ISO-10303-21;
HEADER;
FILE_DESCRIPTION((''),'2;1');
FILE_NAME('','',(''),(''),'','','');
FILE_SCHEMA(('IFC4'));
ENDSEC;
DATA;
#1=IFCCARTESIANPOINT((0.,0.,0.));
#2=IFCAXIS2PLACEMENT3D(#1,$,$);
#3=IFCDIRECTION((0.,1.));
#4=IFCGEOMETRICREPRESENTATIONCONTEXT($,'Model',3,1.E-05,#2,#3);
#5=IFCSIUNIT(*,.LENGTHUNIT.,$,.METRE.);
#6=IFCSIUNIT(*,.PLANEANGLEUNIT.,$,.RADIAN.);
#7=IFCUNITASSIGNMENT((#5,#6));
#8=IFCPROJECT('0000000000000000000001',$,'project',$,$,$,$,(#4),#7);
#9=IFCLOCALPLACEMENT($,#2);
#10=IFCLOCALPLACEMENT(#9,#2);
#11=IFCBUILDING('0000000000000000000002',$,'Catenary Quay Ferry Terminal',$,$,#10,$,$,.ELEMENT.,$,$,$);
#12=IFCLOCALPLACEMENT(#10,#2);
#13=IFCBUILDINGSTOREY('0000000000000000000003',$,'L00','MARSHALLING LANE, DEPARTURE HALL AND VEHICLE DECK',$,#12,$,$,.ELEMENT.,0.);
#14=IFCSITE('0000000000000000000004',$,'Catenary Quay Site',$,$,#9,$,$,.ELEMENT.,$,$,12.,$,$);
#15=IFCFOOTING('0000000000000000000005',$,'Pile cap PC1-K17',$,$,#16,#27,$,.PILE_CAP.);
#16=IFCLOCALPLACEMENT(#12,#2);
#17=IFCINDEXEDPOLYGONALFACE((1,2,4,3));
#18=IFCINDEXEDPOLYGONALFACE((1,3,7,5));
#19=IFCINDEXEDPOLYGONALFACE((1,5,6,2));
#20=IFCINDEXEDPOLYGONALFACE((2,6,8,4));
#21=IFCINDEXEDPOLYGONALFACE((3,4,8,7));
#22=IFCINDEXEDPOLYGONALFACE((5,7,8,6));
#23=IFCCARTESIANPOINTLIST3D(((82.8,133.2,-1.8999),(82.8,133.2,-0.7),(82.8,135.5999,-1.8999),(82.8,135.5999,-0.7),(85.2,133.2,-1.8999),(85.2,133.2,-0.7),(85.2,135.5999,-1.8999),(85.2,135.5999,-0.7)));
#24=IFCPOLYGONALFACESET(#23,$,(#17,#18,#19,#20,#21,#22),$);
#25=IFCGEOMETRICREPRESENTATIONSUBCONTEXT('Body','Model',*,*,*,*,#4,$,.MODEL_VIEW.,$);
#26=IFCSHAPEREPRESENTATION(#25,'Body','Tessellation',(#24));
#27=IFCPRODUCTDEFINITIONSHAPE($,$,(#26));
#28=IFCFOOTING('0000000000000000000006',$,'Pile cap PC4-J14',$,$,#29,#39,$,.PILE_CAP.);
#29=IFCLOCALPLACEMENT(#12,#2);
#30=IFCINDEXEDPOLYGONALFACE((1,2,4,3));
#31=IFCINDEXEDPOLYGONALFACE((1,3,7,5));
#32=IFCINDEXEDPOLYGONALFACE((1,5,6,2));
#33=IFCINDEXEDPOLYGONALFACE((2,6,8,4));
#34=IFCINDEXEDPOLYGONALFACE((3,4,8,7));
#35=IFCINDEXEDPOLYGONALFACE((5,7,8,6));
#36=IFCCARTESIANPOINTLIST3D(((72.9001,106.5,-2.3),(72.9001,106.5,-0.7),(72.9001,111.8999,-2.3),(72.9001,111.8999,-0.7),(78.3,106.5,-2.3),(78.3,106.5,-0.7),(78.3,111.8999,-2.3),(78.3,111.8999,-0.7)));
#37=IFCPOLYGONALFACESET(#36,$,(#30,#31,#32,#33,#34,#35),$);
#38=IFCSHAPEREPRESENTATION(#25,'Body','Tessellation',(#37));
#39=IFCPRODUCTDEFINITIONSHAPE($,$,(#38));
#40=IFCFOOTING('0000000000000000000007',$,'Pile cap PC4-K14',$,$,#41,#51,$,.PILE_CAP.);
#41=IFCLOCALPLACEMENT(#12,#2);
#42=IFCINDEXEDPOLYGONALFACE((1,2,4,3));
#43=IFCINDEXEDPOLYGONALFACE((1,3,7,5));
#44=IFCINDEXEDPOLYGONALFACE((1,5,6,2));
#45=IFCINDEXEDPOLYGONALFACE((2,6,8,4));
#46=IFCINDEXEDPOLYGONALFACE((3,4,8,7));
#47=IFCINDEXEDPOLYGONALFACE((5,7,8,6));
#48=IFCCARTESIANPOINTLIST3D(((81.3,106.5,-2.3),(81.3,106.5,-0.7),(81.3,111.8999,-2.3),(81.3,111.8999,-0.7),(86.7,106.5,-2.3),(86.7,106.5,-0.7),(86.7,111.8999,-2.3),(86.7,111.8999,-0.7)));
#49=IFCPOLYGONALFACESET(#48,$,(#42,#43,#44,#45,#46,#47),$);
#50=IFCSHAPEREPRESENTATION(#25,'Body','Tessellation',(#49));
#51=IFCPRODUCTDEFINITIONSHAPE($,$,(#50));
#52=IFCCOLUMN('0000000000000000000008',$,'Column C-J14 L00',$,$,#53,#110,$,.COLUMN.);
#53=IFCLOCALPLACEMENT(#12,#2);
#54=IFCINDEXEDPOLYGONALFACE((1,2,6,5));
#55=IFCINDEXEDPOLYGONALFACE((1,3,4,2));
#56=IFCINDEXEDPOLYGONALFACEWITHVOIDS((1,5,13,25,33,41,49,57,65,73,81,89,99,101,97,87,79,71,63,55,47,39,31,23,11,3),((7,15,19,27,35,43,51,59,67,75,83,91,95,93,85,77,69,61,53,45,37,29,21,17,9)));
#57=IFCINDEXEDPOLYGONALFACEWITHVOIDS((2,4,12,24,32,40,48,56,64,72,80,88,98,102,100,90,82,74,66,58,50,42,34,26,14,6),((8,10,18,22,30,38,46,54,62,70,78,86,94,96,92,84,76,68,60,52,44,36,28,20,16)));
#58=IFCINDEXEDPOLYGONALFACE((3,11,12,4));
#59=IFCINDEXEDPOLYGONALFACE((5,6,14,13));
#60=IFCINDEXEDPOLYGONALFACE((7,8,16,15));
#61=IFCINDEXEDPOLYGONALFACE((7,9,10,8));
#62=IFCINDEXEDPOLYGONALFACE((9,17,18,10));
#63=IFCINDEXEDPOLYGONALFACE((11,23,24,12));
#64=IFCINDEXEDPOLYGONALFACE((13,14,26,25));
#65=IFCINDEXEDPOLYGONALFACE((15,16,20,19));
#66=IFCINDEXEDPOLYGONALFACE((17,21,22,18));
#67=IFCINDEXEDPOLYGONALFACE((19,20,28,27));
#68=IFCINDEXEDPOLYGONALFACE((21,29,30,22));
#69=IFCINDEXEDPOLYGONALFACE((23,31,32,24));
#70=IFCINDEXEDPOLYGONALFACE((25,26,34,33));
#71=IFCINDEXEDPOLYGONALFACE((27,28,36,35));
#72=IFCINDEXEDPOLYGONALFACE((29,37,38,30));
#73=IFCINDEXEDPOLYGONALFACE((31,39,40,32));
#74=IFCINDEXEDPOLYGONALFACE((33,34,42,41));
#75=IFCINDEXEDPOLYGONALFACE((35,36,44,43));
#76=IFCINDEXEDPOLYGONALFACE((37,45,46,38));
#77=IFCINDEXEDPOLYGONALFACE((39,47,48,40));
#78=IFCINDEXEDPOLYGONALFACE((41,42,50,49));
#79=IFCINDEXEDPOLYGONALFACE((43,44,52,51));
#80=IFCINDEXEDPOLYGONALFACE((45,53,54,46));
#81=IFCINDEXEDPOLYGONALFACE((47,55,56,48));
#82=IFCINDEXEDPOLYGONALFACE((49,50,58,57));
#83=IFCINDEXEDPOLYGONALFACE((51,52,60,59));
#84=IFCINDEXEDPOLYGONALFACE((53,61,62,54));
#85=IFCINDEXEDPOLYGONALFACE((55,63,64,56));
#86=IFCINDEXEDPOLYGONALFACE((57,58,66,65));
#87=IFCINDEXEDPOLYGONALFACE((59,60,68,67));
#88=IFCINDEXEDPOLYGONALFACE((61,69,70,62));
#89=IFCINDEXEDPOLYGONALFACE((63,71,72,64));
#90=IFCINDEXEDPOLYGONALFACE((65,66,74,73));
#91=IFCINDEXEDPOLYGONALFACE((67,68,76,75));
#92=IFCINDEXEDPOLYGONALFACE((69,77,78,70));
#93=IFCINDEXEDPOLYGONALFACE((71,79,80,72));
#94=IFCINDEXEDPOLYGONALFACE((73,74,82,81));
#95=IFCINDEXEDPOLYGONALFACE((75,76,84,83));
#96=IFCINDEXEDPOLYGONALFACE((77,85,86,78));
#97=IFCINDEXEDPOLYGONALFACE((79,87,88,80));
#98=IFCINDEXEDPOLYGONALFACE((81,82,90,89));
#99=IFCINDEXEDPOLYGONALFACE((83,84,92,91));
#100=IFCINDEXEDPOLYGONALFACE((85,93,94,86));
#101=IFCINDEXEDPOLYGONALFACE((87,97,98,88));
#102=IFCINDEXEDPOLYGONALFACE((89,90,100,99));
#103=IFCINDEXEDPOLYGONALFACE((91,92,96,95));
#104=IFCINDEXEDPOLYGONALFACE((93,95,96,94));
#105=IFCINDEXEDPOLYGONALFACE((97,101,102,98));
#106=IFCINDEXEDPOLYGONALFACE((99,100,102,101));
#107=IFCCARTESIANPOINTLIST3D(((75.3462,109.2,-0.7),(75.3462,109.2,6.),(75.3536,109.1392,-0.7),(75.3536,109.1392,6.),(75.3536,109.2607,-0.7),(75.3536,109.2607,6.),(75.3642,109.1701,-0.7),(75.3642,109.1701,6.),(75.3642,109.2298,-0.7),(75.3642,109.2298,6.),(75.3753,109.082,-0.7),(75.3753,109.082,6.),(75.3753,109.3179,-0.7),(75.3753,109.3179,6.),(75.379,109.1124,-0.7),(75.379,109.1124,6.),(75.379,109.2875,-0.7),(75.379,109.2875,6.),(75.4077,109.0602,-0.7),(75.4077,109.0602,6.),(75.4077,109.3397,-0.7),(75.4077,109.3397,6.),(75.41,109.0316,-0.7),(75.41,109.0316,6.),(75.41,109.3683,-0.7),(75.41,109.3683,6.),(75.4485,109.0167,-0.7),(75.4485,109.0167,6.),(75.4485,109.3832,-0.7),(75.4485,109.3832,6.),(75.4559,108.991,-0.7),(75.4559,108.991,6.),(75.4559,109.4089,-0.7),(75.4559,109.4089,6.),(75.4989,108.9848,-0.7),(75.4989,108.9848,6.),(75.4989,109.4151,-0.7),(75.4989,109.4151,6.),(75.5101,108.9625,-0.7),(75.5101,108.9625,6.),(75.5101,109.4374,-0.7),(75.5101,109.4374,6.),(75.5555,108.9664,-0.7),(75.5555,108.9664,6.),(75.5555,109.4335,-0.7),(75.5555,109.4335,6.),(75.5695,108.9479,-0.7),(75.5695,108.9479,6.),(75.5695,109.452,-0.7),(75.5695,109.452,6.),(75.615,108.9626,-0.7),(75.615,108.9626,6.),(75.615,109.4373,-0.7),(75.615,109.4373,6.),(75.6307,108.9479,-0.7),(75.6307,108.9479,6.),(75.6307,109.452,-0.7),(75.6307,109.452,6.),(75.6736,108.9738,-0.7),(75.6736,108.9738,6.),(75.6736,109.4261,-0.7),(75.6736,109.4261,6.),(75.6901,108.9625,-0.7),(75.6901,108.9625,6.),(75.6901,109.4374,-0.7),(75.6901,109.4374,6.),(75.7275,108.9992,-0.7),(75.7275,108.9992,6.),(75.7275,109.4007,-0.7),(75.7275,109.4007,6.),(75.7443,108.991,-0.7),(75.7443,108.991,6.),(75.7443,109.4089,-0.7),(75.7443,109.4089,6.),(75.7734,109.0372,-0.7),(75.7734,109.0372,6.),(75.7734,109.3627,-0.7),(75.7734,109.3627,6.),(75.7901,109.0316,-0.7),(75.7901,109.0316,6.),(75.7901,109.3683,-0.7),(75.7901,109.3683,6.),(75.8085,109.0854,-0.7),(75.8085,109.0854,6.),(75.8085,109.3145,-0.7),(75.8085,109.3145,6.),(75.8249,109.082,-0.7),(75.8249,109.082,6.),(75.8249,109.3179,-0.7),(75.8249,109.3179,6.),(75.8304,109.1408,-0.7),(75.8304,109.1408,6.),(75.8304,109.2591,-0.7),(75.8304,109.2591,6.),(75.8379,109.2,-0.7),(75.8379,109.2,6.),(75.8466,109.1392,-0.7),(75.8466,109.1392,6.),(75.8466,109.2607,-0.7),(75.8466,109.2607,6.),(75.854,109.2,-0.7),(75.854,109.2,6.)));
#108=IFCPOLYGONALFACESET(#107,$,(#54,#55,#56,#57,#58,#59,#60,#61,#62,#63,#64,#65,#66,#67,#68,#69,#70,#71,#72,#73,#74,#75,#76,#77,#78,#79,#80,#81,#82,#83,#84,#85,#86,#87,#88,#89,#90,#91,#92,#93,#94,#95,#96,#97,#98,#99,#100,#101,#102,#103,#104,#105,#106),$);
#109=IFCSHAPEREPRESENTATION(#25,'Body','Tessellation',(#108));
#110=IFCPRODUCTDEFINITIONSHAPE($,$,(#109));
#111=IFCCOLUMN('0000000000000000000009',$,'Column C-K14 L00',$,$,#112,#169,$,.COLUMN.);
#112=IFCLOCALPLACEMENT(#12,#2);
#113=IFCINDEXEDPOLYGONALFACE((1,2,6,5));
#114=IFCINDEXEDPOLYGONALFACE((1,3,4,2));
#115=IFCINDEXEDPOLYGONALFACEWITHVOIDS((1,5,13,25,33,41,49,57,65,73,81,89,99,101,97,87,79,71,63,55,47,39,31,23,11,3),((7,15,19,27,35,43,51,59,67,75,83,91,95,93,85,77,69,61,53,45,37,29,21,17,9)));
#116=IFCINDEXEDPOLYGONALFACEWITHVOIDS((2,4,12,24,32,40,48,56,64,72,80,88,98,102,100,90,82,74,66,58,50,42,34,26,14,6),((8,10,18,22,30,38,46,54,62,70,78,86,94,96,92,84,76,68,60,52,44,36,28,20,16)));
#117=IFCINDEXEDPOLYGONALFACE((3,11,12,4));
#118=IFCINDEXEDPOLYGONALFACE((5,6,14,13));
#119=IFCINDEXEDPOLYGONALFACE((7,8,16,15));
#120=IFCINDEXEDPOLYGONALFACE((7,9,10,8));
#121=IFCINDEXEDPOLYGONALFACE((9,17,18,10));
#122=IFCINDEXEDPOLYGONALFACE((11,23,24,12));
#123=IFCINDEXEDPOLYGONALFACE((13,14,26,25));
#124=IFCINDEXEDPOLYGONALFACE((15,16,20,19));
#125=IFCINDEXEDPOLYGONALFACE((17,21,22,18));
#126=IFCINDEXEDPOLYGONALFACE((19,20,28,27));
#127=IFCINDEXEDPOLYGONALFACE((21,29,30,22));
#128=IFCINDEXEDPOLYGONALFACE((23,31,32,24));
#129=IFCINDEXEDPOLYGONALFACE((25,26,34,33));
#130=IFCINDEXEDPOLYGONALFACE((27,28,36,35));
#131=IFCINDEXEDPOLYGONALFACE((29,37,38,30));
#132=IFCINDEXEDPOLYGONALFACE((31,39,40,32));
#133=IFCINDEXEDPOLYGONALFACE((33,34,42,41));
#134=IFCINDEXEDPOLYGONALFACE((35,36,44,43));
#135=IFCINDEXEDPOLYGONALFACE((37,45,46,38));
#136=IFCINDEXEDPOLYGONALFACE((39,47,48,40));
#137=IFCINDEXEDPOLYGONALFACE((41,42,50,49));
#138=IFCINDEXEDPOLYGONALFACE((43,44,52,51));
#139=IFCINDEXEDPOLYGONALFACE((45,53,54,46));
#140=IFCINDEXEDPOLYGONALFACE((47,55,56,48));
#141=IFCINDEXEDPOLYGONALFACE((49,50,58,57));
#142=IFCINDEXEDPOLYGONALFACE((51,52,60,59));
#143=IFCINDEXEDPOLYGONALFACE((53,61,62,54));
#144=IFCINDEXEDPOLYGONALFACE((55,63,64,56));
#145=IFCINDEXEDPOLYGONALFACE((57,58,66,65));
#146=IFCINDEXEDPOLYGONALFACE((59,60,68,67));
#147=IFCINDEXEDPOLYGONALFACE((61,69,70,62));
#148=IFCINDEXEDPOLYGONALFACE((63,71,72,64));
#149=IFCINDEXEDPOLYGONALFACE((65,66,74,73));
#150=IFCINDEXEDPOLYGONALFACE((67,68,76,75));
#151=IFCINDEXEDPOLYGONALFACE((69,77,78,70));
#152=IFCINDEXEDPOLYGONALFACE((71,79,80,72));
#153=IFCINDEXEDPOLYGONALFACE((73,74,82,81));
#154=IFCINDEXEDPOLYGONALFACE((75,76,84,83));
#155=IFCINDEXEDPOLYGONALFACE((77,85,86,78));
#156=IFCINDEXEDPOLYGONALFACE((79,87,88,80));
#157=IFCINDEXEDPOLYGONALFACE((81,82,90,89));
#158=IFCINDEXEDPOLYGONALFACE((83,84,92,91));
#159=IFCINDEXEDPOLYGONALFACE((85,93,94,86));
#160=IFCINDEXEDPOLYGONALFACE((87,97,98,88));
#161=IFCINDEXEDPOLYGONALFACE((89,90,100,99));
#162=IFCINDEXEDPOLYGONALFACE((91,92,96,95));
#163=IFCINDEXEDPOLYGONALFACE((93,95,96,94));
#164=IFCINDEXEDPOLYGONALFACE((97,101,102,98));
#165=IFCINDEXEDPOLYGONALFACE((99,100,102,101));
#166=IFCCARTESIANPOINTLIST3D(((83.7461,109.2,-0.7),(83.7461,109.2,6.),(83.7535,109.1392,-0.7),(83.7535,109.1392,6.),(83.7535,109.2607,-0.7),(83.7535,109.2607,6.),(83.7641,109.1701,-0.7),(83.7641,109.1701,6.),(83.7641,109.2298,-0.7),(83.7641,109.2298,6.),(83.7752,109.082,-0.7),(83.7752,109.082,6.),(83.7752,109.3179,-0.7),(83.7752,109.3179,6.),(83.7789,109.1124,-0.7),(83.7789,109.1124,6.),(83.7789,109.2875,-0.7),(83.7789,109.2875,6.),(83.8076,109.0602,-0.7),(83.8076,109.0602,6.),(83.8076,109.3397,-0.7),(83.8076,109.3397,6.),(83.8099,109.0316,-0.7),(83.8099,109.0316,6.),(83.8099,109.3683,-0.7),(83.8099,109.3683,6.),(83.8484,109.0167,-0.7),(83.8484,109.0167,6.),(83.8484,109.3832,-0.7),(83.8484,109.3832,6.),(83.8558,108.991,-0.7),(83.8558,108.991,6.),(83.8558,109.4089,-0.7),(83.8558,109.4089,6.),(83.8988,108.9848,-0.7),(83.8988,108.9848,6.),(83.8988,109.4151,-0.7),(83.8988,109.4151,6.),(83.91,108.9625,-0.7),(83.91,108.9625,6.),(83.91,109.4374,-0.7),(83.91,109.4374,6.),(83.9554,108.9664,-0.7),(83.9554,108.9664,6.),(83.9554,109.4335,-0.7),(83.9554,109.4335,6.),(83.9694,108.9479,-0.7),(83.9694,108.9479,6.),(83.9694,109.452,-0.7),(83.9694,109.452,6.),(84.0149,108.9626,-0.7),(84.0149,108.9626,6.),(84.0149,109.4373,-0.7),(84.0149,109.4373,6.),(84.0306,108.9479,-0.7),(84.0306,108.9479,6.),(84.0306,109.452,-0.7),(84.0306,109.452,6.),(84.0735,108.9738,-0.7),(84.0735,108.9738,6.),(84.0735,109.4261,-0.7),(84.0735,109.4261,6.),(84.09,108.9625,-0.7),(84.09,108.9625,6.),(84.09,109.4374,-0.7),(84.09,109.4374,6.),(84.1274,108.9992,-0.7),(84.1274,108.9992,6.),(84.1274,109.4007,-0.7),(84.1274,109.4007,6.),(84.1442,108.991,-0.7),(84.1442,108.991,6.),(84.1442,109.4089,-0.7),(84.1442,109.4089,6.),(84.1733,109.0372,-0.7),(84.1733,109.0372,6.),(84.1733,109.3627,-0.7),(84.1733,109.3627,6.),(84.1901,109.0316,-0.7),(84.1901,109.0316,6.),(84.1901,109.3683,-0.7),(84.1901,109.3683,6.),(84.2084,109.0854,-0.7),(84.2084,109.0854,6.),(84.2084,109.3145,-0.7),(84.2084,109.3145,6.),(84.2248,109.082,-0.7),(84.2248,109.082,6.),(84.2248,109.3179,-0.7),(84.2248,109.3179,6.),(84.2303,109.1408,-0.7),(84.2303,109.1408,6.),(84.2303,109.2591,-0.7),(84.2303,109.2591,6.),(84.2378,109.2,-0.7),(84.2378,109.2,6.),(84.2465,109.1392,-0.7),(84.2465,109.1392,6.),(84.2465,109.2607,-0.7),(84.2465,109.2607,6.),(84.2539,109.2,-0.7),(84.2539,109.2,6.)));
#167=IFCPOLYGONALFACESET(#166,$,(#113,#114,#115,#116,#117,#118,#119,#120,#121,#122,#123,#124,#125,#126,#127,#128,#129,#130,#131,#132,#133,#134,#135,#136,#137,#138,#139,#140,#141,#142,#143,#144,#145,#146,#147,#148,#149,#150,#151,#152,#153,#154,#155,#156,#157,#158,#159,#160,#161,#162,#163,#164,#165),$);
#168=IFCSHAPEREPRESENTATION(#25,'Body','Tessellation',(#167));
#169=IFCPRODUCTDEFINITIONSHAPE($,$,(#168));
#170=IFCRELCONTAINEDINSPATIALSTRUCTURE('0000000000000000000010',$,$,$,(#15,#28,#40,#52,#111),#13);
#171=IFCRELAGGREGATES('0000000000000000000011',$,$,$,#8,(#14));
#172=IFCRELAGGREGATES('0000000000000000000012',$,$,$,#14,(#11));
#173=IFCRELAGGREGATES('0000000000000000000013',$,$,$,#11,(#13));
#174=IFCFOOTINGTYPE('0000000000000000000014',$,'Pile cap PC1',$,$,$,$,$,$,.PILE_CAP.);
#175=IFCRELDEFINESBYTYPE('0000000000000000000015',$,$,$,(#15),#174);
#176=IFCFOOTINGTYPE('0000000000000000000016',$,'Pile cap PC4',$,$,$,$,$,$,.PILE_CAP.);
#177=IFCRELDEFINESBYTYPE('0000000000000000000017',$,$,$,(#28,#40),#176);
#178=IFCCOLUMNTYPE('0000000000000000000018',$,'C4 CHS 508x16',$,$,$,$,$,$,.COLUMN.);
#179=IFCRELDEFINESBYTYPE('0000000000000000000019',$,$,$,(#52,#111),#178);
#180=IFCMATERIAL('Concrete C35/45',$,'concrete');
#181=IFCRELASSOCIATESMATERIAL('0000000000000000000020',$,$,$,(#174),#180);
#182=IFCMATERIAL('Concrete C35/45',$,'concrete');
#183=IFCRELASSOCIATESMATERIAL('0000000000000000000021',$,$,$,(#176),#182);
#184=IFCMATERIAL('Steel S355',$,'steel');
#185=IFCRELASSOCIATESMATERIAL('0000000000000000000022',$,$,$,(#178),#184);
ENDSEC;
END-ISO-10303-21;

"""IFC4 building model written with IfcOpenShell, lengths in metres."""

from ifc_helpers import new_model, si_unit, direction, frame, origin, origin_2d, place, context, subcontext, project, spatial, rectangle, hollow_circle, extrude, material, material_profile, profile_set, type_object, element, save


model = new_model("IFC4")

# Units and contexts
model_context = context("Model", 3, precision=1e-05, world=origin(), true_north=direction((0.0, 1.0)))
body_context = subcontext(model_context, "Body", "Model", "MODEL_VIEW")
ifc_project = project(units=[si_unit("LENGTHUNIT", "METRE"), si_unit("PLANEANGLEUNIT", "RADIAN")], contexts=[model_context])

# Site, building, storey
site_placement = place(None, origin())
site = spatial("IfcSite", under=ifc_project, at=site_placement, Name="Catenary Quay Site", CompositionType="ELEMENT", RefElevation=12.0)
building_placement = place(site_placement, origin())
building = spatial("IfcBuilding", under=site, at=building_placement, Name="Catenary Quay Ferry Terminal", CompositionType="ELEMENT")
storey_placement = place(building_placement, origin())
storey = spatial("IfcBuildingStorey", under=building, at=storey_placement, Name="L00", Description="MARSHALLING LANE, DEPARTURE HALL AND VEHICLE DECK", CompositionType="ELEMENT", Elevation=0.0)

# Footings
ifc_material_1 = material(Name="Concrete C35/45", Category="concrete")
footing_type_1 = type_object("IfcFootingType", Name="Pile cap PC1", PredefinedType="PILE_CAP", material=ifc_material_1)
for number, where, z_axis, x_axis, name in (
    (1, (84.0, 134.3999, -1.8999), (0.0, 0.0, 1.0), (1.0, 0.0, 0.0), "Pile cap PC1-K17"),
):
    element("IfcFooting", number, at=place(storey_placement, frame(where, z_axis=z_axis, x_axis=x_axis)), inside=storey, type_object=footing_type_1, Name=name, PredefinedType="PILE_CAP", context=body_context, shape_type="SweptSolid", body=[
        extrude(rectangle(XDim=2.3999, YDim=2.3999, at=origin_2d()), origin(), (0.0, 0.0, 1.0), 1.2),
    ])
ifc_material_2 = material(Name="Concrete C35/45", Category="concrete")
footing_type_2 = type_object("IfcFootingType", Name="Pile cap PC4", PredefinedType="PILE_CAP", material=ifc_material_2)
for number, where, z_axis, x_axis, name in (
    (2, (75.6001, 109.2, -2.3), (0.0, 0.0, 1.0), (1.0, 0.0, 0.0), "Pile cap PC4-J14"),
    (3, (84.0, 109.2, -2.3), (0.0, 0.0, 1.0), (1.0, 0.0, 0.0), "Pile cap PC4-K14"),
):
    element("IfcFooting", number, at=place(storey_placement, frame(where, z_axis=z_axis, x_axis=x_axis)), inside=storey, type_object=footing_type_2, Name=name, PredefinedType="PILE_CAP", context=body_context, shape_type="SweptSolid", body=[
        extrude(rectangle(XDim=5.3999, YDim=5.3999, at=origin_2d()), origin(), (0.0, 0.0, 1.0), 1.6001),
    ])

# Columns
ifc_material_3 = material(Name="Steel S355", Category="steel")
ifc_material_profile_1 = material_profile(ifc_material_3, hollow_circle(Radius=0.2539, WallThickness=0.0161, at=origin_2d()), Name="CHS 508x16")
ifc_profile_set_1 = profile_set([ifc_material_profile_1], Name="Steel S355")
column_type_1 = type_object("IfcColumnType", Name="C4 CHS 508x16", PredefinedType="COLUMN", material=ifc_profile_set_1)
for number, where, z_axis, x_axis, name in (
    (4, (75.6001, 109.2, -0.7), (0.0, 0.0, 1.0), (1.0, 0.0, 0.0), "Column C-J14 L00"),
    (5, (84.0, 109.2, -0.7), (0.0, 0.0, 1.0), (1.0, 0.0, 0.0), "Column C-K14 L00"),
):
    element("IfcColumn", number, at=place(storey_placement, frame(where, z_axis=z_axis, x_axis=x_axis)), inside=storey, type_object=column_type_1, Name=name, PredefinedType="COLUMN", context=body_context, shape_type="SweptSolid", body=[
        extrude(hollow_circle(Radius=0.2539, WallThickness=0.0161, at=origin_2d()), origin(), (0.0, 0.0, 1.0), 6.7),
    ])

save(model, "model.ifc")
